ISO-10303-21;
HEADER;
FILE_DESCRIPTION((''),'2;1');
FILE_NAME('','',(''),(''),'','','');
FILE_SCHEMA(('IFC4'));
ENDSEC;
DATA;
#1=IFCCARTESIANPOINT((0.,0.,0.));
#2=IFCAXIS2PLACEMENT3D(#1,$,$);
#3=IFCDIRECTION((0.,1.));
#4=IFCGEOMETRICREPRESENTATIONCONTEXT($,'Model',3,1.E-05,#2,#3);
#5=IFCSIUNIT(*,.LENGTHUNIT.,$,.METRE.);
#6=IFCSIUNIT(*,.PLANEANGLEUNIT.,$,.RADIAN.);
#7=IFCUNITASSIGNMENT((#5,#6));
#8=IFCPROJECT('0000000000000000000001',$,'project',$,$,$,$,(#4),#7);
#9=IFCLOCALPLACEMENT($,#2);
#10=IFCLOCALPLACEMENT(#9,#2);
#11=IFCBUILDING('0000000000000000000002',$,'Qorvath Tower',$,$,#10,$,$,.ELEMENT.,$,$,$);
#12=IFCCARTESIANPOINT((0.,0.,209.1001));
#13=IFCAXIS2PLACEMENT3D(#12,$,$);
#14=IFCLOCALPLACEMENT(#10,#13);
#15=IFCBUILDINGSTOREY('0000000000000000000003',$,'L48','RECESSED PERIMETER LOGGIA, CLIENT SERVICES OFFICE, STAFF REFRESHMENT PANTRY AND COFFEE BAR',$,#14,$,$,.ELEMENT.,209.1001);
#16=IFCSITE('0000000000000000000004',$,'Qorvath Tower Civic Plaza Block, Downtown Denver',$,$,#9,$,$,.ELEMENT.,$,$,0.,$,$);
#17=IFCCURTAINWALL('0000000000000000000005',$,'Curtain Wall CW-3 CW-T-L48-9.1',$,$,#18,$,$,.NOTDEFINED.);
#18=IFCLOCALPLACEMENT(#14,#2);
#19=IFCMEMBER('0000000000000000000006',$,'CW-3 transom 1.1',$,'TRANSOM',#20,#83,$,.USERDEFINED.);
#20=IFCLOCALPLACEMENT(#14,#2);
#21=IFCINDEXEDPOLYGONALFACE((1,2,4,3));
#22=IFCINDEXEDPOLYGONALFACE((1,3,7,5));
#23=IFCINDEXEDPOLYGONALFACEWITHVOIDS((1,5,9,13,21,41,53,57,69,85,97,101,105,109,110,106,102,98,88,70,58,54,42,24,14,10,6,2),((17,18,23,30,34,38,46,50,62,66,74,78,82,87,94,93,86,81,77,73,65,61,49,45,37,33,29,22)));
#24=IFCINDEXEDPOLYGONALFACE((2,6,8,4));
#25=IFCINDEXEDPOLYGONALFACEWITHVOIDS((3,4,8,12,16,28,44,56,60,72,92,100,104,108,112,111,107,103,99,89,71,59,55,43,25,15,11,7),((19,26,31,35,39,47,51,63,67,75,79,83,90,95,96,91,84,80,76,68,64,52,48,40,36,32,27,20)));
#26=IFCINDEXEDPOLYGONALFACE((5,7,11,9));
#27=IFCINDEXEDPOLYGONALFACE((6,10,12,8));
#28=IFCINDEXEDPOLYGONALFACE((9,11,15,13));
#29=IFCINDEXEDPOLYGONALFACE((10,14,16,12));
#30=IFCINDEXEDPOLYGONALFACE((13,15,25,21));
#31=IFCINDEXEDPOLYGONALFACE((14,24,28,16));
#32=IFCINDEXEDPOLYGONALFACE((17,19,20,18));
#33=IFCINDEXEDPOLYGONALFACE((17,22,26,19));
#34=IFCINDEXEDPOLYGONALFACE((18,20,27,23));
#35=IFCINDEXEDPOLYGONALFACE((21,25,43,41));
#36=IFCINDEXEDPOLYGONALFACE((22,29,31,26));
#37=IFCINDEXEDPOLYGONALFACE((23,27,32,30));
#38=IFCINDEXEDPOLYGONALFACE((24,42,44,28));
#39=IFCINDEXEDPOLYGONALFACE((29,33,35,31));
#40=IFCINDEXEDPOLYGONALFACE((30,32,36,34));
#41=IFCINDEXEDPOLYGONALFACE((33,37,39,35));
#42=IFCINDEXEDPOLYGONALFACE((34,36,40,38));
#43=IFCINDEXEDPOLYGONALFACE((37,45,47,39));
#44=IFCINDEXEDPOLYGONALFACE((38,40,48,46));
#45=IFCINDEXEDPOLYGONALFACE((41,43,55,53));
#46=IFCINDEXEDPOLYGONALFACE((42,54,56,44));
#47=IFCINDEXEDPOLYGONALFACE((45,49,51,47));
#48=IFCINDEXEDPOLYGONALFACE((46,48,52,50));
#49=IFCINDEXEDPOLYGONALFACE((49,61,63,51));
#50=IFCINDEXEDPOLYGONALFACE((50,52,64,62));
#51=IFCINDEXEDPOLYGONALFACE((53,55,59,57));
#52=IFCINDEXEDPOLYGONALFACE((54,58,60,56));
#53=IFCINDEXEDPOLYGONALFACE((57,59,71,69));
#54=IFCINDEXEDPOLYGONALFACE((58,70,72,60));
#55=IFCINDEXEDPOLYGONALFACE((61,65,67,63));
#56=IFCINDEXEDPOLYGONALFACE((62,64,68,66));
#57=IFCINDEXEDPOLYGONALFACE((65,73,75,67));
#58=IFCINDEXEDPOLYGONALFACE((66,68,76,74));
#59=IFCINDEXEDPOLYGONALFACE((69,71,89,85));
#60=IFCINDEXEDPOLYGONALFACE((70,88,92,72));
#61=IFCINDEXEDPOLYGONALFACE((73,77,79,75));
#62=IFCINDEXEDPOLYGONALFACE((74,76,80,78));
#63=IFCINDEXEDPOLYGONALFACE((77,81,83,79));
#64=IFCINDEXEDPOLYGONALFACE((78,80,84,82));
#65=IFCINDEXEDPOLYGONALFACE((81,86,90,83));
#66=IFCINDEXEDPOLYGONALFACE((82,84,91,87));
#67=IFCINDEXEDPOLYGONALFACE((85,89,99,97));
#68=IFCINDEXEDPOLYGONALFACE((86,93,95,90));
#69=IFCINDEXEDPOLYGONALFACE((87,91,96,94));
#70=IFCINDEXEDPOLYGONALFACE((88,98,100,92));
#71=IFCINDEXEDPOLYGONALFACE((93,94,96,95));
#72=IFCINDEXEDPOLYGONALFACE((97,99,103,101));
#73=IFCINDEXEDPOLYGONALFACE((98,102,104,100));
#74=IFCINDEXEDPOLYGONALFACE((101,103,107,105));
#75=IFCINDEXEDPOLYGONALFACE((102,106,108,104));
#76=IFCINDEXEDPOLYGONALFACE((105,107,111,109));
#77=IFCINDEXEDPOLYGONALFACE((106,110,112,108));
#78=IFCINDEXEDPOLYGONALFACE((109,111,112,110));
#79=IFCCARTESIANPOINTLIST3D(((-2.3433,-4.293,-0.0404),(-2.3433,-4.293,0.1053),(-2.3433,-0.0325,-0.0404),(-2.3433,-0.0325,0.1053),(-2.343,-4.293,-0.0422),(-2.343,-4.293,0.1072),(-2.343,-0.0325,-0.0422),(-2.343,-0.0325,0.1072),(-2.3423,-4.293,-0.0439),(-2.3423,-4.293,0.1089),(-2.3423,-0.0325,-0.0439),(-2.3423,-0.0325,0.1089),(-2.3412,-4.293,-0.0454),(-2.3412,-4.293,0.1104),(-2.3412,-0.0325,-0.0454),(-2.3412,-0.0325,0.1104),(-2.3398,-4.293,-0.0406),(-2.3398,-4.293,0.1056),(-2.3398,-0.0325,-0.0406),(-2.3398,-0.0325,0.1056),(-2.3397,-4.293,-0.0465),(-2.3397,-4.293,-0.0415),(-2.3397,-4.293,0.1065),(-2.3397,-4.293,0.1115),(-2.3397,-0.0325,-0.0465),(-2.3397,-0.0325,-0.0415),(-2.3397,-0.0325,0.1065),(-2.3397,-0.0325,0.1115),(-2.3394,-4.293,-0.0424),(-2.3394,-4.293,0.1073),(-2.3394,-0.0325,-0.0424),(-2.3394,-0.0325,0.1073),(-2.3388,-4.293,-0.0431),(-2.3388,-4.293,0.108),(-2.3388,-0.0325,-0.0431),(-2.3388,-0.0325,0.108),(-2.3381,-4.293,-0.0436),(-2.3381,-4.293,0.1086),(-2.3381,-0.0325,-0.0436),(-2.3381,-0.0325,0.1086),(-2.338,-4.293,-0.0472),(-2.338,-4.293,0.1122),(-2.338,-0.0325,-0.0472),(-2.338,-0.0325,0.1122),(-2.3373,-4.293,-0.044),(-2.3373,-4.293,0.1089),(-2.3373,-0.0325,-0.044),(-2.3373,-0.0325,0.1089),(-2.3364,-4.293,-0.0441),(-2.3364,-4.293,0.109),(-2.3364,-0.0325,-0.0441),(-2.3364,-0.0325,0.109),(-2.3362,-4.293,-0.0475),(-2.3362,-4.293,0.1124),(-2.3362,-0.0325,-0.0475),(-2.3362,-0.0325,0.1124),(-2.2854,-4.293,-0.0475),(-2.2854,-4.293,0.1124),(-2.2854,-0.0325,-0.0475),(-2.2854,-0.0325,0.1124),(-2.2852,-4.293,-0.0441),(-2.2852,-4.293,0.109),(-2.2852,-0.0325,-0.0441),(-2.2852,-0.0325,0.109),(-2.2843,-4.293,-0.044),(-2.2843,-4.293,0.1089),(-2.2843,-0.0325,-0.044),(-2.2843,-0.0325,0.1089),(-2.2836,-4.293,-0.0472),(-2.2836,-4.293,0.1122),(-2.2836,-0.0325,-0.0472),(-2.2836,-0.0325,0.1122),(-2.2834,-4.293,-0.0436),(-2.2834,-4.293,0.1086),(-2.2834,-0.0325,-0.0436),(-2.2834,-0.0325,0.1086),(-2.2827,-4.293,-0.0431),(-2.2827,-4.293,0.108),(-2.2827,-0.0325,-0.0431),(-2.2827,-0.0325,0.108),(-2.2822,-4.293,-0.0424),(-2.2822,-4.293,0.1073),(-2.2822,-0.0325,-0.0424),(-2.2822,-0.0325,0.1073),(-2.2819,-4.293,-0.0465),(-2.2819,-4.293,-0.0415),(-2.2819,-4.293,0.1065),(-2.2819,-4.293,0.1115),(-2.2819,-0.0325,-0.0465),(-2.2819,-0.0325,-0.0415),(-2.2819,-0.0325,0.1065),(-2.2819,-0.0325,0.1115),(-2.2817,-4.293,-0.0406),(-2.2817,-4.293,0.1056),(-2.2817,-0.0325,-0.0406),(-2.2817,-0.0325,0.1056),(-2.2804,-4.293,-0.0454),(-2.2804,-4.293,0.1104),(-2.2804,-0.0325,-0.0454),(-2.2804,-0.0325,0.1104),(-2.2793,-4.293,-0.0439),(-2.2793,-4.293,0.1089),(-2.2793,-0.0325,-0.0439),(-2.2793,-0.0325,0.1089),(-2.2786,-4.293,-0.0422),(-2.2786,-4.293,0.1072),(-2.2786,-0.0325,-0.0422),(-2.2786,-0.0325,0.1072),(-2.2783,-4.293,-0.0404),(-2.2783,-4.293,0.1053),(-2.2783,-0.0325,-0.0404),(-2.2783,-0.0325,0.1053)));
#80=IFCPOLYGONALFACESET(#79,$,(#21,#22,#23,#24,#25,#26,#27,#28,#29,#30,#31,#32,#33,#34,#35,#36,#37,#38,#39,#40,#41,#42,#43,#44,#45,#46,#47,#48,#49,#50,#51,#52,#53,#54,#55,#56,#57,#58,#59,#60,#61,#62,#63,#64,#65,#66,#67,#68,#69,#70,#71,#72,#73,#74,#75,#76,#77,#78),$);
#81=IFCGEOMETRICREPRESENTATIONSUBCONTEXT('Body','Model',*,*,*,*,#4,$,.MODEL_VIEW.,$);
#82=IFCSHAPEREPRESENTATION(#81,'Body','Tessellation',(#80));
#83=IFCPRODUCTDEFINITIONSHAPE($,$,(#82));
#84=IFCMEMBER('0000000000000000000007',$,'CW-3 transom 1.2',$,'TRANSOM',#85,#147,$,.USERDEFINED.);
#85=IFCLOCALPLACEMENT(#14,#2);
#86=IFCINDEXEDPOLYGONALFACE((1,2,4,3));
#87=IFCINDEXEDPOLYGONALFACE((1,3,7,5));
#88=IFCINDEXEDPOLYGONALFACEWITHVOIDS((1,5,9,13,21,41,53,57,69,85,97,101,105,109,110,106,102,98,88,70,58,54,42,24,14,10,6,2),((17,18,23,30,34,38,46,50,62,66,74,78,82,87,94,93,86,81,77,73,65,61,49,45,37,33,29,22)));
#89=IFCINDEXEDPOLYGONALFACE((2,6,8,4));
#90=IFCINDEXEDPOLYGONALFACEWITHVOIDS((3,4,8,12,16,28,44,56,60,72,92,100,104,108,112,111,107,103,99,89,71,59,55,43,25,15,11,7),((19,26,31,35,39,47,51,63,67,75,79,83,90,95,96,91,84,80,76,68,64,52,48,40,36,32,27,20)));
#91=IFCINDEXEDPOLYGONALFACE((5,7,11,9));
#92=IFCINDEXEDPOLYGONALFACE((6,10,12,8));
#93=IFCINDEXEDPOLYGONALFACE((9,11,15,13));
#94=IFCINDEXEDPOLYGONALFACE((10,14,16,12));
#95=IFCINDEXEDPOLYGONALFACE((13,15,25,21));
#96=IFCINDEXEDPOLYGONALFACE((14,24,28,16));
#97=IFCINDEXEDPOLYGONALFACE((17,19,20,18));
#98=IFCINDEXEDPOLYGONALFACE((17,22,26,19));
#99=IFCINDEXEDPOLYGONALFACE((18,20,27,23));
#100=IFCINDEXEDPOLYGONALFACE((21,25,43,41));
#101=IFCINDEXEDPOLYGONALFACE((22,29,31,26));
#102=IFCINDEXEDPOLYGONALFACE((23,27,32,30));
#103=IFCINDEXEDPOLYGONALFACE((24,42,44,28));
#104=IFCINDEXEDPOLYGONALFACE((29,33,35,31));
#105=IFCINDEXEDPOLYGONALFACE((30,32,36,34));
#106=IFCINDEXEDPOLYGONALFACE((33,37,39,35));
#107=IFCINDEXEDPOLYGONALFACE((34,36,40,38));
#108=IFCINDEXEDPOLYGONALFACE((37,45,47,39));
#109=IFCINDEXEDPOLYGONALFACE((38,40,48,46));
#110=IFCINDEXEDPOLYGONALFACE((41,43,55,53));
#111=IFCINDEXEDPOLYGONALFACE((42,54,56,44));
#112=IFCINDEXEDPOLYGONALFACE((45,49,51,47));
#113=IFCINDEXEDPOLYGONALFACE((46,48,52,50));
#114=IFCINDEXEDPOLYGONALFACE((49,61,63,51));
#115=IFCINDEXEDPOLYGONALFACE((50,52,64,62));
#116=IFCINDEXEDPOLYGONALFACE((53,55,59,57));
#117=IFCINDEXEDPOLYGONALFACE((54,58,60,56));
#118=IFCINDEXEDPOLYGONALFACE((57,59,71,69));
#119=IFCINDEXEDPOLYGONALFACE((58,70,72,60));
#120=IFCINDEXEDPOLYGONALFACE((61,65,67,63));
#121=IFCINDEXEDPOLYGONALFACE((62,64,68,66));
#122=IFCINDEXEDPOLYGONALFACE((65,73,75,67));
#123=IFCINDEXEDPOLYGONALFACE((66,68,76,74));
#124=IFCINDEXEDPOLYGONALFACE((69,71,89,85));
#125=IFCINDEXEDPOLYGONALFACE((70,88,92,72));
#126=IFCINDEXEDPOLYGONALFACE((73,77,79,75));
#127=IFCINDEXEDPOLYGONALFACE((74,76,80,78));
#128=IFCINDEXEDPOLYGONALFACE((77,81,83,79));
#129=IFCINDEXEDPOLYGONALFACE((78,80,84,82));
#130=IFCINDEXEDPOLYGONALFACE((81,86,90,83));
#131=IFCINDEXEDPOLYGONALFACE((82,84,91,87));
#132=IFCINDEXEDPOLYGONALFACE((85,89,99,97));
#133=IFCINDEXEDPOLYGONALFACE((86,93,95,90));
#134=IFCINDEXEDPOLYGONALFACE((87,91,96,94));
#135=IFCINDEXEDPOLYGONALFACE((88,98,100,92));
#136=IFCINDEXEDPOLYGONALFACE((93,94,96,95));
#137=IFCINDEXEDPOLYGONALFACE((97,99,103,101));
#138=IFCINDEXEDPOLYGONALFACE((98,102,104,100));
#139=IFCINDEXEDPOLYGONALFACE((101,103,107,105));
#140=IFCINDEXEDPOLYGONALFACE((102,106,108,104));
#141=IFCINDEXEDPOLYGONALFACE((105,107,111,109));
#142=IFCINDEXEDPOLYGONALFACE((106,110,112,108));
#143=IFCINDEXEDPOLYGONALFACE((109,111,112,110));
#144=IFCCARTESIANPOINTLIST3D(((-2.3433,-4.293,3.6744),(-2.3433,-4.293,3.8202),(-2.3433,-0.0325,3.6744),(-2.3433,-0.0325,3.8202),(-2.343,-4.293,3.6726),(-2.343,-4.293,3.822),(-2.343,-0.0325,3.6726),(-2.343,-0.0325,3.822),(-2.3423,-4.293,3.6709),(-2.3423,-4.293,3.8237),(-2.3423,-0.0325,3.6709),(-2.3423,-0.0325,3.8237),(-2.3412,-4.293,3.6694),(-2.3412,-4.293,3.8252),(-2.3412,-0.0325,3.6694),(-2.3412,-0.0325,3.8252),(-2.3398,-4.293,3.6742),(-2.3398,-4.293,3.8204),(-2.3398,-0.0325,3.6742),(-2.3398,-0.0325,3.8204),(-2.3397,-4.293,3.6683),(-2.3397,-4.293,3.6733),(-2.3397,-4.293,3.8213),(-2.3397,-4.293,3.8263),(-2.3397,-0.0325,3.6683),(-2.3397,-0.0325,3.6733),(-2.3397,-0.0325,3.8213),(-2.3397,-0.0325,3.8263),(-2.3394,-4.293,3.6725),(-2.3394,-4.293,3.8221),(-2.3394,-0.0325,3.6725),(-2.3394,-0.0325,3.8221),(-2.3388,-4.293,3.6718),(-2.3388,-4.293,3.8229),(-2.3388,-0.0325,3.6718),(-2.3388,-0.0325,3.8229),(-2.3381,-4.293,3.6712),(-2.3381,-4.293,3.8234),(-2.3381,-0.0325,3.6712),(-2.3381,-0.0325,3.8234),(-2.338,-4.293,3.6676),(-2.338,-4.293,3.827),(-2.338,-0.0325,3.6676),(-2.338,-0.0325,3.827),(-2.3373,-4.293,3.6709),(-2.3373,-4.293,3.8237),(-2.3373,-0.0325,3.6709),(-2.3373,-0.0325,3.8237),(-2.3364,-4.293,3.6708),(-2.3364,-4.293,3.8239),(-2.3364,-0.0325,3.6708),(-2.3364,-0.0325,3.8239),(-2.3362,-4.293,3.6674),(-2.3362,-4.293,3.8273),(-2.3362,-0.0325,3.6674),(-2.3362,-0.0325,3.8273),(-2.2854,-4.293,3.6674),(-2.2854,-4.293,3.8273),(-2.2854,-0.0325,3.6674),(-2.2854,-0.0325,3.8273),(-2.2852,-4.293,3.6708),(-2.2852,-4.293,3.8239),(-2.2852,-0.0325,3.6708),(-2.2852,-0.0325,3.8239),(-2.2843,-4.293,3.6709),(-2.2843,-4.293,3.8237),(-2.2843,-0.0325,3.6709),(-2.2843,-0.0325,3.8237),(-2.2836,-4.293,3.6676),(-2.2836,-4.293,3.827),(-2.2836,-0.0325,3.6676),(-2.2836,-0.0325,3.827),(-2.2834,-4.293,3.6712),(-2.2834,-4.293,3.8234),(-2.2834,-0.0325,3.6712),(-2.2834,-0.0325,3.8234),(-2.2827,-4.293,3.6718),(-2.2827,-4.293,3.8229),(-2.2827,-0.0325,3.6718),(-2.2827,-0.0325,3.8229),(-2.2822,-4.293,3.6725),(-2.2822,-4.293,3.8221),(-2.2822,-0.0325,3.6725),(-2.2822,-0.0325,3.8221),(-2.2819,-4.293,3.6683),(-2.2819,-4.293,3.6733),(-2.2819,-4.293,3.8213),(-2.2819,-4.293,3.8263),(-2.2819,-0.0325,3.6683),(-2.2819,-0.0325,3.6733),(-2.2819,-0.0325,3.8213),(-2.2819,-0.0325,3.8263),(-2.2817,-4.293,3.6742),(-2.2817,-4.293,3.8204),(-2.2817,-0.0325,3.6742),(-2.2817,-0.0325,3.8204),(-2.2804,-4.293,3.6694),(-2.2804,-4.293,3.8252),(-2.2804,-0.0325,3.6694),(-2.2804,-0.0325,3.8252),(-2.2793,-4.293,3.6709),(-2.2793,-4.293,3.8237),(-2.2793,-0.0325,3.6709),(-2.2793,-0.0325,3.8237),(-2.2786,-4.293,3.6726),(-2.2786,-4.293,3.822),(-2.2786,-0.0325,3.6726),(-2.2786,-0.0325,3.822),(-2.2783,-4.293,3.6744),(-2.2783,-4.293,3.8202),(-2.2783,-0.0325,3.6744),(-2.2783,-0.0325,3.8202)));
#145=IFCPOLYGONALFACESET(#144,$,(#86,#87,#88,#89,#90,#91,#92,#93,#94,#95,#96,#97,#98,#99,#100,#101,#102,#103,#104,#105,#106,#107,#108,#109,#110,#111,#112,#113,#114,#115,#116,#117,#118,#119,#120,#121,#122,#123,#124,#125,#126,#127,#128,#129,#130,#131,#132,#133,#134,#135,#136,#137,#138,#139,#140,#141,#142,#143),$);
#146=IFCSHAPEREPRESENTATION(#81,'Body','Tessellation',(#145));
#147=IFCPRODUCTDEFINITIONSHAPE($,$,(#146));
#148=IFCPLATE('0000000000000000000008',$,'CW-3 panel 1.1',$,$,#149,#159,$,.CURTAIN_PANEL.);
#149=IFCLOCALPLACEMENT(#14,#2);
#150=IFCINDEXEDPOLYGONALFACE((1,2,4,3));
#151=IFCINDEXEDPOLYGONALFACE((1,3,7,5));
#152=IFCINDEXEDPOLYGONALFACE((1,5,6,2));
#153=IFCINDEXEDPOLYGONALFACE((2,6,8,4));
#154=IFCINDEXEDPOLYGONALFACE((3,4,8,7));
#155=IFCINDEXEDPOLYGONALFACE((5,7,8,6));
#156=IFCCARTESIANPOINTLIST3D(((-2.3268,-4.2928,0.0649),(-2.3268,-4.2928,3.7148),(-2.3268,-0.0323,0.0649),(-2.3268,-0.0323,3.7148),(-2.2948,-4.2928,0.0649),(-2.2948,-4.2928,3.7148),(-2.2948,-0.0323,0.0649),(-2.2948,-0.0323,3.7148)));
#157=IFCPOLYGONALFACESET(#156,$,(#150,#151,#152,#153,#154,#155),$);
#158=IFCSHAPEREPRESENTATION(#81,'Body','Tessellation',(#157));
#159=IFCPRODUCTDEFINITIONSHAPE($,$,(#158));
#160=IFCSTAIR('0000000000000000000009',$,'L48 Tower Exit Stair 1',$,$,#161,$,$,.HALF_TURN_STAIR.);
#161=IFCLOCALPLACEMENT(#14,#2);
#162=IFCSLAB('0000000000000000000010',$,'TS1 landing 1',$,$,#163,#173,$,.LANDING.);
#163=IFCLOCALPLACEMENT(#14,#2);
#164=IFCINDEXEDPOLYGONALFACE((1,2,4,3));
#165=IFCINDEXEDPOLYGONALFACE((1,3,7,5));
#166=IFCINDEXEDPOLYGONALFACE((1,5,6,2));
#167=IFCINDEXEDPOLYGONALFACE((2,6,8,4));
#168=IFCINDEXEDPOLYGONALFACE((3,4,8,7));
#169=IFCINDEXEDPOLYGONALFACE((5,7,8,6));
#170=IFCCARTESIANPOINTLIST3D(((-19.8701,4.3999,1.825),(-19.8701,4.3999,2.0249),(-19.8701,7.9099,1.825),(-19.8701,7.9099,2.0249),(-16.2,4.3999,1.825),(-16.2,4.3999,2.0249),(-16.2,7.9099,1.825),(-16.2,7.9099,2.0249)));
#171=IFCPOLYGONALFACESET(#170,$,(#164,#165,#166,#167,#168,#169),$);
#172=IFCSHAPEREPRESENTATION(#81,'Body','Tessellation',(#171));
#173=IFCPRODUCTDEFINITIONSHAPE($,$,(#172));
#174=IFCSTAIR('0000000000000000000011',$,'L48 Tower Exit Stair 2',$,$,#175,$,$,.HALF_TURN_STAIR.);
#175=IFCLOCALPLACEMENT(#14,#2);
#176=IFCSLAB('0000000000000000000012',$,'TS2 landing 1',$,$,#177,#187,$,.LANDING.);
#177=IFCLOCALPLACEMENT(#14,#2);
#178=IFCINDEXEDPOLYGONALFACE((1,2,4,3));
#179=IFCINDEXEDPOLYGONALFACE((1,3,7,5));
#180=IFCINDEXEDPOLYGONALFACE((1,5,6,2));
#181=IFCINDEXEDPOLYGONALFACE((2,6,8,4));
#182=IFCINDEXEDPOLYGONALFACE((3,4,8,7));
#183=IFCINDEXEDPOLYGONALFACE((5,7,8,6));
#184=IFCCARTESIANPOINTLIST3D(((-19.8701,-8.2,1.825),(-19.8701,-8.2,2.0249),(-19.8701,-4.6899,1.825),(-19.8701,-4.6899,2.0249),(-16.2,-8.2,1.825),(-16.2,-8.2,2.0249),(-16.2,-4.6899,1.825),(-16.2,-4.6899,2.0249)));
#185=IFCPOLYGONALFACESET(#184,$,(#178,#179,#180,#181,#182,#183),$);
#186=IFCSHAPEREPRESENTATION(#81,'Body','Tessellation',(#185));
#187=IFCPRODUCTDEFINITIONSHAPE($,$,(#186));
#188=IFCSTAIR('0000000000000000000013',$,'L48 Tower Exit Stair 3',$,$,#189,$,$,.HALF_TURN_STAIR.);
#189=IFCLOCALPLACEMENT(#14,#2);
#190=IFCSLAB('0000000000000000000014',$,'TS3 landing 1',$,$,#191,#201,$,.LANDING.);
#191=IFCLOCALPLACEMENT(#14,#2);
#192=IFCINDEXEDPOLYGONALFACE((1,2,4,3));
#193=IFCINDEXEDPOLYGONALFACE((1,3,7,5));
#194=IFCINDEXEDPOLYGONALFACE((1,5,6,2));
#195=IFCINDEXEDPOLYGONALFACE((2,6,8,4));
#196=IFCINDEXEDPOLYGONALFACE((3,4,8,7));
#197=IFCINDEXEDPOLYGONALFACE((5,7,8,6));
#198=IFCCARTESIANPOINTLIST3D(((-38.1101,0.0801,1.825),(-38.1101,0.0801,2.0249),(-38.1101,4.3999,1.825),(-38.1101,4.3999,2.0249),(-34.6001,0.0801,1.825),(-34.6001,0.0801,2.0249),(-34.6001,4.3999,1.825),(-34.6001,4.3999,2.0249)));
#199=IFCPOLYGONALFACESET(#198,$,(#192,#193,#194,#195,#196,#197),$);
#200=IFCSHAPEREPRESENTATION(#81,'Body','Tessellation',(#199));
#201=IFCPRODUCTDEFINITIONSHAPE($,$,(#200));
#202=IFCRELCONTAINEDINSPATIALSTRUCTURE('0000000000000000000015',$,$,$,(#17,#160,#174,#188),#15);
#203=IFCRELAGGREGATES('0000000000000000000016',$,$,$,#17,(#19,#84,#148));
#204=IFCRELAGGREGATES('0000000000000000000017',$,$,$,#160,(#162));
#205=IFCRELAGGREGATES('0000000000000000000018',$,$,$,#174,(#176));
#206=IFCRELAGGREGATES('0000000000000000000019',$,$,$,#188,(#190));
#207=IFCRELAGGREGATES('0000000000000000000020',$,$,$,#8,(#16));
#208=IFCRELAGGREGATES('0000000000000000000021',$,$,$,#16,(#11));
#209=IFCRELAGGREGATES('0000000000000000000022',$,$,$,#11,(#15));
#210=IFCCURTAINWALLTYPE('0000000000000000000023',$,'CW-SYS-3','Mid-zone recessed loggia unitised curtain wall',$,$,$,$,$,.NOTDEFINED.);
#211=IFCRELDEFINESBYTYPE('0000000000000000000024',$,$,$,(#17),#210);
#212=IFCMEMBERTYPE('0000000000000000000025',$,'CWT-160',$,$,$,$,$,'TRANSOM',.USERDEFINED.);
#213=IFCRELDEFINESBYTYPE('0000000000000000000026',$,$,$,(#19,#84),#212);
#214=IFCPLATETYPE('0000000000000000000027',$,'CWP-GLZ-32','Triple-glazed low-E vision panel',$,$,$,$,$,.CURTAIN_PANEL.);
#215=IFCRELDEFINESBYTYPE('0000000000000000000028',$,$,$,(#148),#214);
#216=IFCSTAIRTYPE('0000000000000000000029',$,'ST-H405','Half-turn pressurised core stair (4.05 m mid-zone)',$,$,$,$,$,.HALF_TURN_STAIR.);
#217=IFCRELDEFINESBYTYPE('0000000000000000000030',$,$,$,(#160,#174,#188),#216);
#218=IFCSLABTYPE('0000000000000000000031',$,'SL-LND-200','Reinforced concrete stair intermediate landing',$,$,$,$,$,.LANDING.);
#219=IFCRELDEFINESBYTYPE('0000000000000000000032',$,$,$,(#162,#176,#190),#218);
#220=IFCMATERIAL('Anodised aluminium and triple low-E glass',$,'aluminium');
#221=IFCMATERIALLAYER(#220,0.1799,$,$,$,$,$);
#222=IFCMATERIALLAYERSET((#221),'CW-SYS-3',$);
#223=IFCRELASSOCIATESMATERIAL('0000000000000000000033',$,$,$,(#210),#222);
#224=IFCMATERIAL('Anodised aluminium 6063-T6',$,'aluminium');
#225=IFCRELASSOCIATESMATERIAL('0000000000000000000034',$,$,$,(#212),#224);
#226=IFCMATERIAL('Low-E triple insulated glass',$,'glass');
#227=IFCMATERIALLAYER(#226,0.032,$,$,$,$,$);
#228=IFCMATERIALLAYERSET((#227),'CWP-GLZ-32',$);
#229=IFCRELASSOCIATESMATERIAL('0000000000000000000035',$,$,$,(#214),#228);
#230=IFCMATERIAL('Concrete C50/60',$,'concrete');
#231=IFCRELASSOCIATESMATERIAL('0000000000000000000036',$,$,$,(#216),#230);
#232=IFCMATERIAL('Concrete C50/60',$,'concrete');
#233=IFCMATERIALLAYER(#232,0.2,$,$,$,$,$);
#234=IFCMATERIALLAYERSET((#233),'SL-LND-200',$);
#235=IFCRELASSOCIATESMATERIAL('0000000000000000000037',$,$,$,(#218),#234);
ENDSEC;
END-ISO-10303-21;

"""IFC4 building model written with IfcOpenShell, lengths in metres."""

from ifc_helpers import new_model, si_unit, direction, frame, origin, origin_2d, place, context, subcontext, project, spatial, polyline, rectangle, hollow_rectangle, outline, extrude, material, layer, layer_set, material_profile, profile_set, type_object, element, aggregate, save


model = new_model("IFC4")

# Units and contexts
model_context = context("Model", 3, precision=1e-05, world=origin(), true_north=direction((0.0, 1.0)))
body_context = subcontext(model_context, "Body", "Model", "MODEL_VIEW")
ifc_project = project(units=[si_unit("LENGTHUNIT", "METRE"), si_unit("PLANEANGLEUNIT", "RADIAN")], contexts=[model_context])

# Site, building, storey
site_placement = place(None, origin())
site = spatial("IfcSite", under=ifc_project, at=site_placement, Name="Qorvath Tower Civic Plaza Block, Downtown Denver", CompositionType="ELEMENT", RefElevation=0.0)
building_placement = place(site_placement, origin())
building = spatial("IfcBuilding", under=site, at=building_placement, Name="Qorvath Tower", CompositionType="ELEMENT")
storey_placement = place(building_placement, frame((0.0, 0.0, 209.1001)))
storey = spatial("IfcBuildingStorey", under=building, at=storey_placement, Name="L48", Description="RECESSED PERIMETER LOGGIA, CLIENT SERVICES OFFICE, STAFF REFRESHMENT PANTRY AND COFFEE BAR", CompositionType="ELEMENT", Elevation=209.1001)

# Curtain wall, members, plate
ifc_material_1 = material(Name="Anodised aluminium and triple low-E glass", Category="aluminium")
ifc_layer_1 = layer(ifc_material_1, 0.1799)
ifc_layer_set_1 = layer_set([ifc_layer_1], Name="CW-SYS-3")
curtain_wall_type = type_object("IfcCurtainWallType", Name="CW-SYS-3", Description="Mid-zone recessed loggia unitised curtain wall", PredefinedType="NOTDEFINED", material=ifc_layer_set_1)
curtain_wall_placement = place(storey_placement, origin())
curtain_wall = element("IfcCurtainWall", 1, at=curtain_wall_placement, inside=storey, type_object=curtain_wall_type, Name="Curtain Wall CW-3 CW-T-L48-9.1", PredefinedType="NOTDEFINED")
ifc_material_2 = material(Name="Anodised aluminium 6063-T6", Category="aluminium")
ifc_material_profile_1 = material_profile(ifc_material_2, hollow_rectangle(XDim=0.0649, YDim=0.1599, WallThickness=0.0034, InnerFilletRadius=0.0034, OuterFilletRadius=0.0071, at=origin_2d()), Name="CWT 160x65")
ifc_profile_set_1 = profile_set([ifc_material_profile_1], Name="Anodised aluminium 6063-T6")
member_type_1 = type_object("IfcMemberType", Name="CWT-160", ElementType="TRANSOM", PredefinedType="USERDEFINED", material=ifc_profile_set_1)
member_1_placement = place(storey_placement, frame((-2.3108, -4.293, 0.0325), z_axis=(0.0, 1.0, 0.0), x_axis=(-1.0, 0.0, 0.0)))
member_1 = element("IfcMember", 2, at=member_1_placement, type_object=member_type_1, Name="CW-3 transom 1.1", ObjectType="TRANSOM", PredefinedType="USERDEFINED", context=body_context, shape_type="SweptSolid", body=[
    extrude(hollow_rectangle(XDim=0.0649, YDim=0.1599, WallThickness=0.0034, InnerFilletRadius=0.0034, OuterFilletRadius=0.0071, at=origin_2d()), origin(), (0.0, 0.0, 1.0), 4.2605),
])
member_2_placement = place(storey_placement, frame((-2.3108, -4.293, 3.7473), z_axis=(0.0, 1.0, 0.0), x_axis=(-1.0, 0.0, 0.0)))
member_2 = element("IfcMember", 3, at=member_2_placement, type_object=member_type_1, Name="CW-3 transom 1.2", ObjectType="TRANSOM", PredefinedType="USERDEFINED", context=body_context, shape_type="SweptSolid", body=[
    extrude(hollow_rectangle(XDim=0.0649, YDim=0.1599, WallThickness=0.0034, InnerFilletRadius=0.0034, OuterFilletRadius=0.0071, at=origin_2d()), origin(), (0.0, 0.0, 1.0), 4.2605),
])
ifc_material_3 = material(Name="Low-E triple insulated glass", Category="glass")
ifc_layer_2 = layer(ifc_material_3, 0.032)
ifc_layer_set_2 = layer_set([ifc_layer_2], Name="CWP-GLZ-32")
plate_type = type_object("IfcPlateType", Name="CWP-GLZ-32", Description="Triple-glazed low-E vision panel", PredefinedType="CURTAIN_PANEL", material=ifc_layer_set_2)
plate_placement = place(storey_placement, frame((-2.3108, -2.1626, 0.0649), z_axis=(0.0, 0.0, 1.0), x_axis=(0.0, 1.0, 0.0)))
plate = element("IfcPlate", 4, at=plate_placement, type_object=plate_type, Name="CW-3 panel 1.1", PredefinedType="CURTAIN_PANEL", context=body_context, shape_type="SweptSolid", body=[
    extrude(rectangle(XDim=4.2605, YDim=0.032, at=origin_2d()), origin(), (0.0, 0.0, 1.0), 3.6499),
])
aggregate(curtain_wall, [member_1, member_2, plate])

# Stairs, slabs
ifc_material_4 = material(Name="Concrete C50/60", Category="concrete")
stair_type = type_object("IfcStairType", Name="ST-H405", Description="Half-turn pressurised core stair (4.05 m mid-zone)", PredefinedType="HALF_TURN_STAIR", material=ifc_material_4)
stair_1_placement = place(storey_placement, origin())
stair_1 = element("IfcStair", 5, at=stair_1_placement, inside=storey, type_object=stair_type, Name="L48 Tower Exit Stair 1", PredefinedType="HALF_TURN_STAIR")
ifc_material_5 = material(Name="Concrete C50/60", Category="concrete")
ifc_layer_3 = layer(ifc_material_5, 0.2)
ifc_layer_set_3 = layer_set([ifc_layer_3], Name="SL-LND-200")
slab_type_1 = type_object("IfcSlabType", Name="SL-LND-200", Description="Reinforced concrete stair intermediate landing", PredefinedType="LANDING", material=ifc_layer_set_3)
slab_1_placement = place(storey_placement, frame((0.0, 0.0, 1.825)))
slab_1 = element("IfcSlab", 6, at=slab_1_placement, type_object=slab_type_1, Name="TS1 landing 1", PredefinedType="LANDING", context=body_context, shape_type="SweptSolid", body=[
    extrude(outline(polyline([(-19.8701, 4.3999), (-16.2, 4.3999), (-16.2, 7.9099), (-19.8701, 7.9099), (-19.8701, 4.3999)])), origin(), (0.0, 0.0, 1.0), 0.2),
])
aggregate(stair_1, [slab_1])
stair_2_placement = place(storey_placement, origin())
stair_2 = element("IfcStair", 7, at=stair_2_placement, inside=storey, type_object=stair_type, Name="L48 Tower Exit Stair 2", PredefinedType="HALF_TURN_STAIR")
slab_2_placement = place(storey_placement, frame((0.0, 0.0, 1.825)))
slab_2 = element("IfcSlab", 8, at=slab_2_placement, type_object=slab_type_1, Name="TS2 landing 1", PredefinedType="LANDING", context=body_context, shape_type="SweptSolid", body=[
    extrude(outline(polyline([(-19.8701, -8.2), (-16.2, -8.2), (-16.2, -4.6899), (-19.8701, -4.6899), (-19.8701, -8.2)])), origin(), (0.0, 0.0, 1.0), 0.2),
])
aggregate(stair_2, [slab_2])
stair_3_placement = place(storey_placement, origin())
stair_3 = element("IfcStair", 9, at=stair_3_placement, inside=storey, type_object=stair_type, Name="L48 Tower Exit Stair 3", PredefinedType="HALF_TURN_STAIR")
slab_3_placement = place(storey_placement, frame((0.0, 0.0, 1.825)))
slab_3 = element("IfcSlab", 10, at=slab_3_placement, type_object=slab_type_1, Name="TS3 landing 1", PredefinedType="LANDING", context=body_context, shape_type="SweptSolid", body=[
    extrude(outline(polyline([(-34.6001, 0.0801), (-34.6001, 4.3999), (-38.1101, 4.3999), (-38.1101, 0.0801), (-34.6001, 0.0801)])), origin(), (0.0, 0.0, 1.0), 0.2),
])
aggregate(stair_3, [slab_3])

save(model, "model.ifc")
